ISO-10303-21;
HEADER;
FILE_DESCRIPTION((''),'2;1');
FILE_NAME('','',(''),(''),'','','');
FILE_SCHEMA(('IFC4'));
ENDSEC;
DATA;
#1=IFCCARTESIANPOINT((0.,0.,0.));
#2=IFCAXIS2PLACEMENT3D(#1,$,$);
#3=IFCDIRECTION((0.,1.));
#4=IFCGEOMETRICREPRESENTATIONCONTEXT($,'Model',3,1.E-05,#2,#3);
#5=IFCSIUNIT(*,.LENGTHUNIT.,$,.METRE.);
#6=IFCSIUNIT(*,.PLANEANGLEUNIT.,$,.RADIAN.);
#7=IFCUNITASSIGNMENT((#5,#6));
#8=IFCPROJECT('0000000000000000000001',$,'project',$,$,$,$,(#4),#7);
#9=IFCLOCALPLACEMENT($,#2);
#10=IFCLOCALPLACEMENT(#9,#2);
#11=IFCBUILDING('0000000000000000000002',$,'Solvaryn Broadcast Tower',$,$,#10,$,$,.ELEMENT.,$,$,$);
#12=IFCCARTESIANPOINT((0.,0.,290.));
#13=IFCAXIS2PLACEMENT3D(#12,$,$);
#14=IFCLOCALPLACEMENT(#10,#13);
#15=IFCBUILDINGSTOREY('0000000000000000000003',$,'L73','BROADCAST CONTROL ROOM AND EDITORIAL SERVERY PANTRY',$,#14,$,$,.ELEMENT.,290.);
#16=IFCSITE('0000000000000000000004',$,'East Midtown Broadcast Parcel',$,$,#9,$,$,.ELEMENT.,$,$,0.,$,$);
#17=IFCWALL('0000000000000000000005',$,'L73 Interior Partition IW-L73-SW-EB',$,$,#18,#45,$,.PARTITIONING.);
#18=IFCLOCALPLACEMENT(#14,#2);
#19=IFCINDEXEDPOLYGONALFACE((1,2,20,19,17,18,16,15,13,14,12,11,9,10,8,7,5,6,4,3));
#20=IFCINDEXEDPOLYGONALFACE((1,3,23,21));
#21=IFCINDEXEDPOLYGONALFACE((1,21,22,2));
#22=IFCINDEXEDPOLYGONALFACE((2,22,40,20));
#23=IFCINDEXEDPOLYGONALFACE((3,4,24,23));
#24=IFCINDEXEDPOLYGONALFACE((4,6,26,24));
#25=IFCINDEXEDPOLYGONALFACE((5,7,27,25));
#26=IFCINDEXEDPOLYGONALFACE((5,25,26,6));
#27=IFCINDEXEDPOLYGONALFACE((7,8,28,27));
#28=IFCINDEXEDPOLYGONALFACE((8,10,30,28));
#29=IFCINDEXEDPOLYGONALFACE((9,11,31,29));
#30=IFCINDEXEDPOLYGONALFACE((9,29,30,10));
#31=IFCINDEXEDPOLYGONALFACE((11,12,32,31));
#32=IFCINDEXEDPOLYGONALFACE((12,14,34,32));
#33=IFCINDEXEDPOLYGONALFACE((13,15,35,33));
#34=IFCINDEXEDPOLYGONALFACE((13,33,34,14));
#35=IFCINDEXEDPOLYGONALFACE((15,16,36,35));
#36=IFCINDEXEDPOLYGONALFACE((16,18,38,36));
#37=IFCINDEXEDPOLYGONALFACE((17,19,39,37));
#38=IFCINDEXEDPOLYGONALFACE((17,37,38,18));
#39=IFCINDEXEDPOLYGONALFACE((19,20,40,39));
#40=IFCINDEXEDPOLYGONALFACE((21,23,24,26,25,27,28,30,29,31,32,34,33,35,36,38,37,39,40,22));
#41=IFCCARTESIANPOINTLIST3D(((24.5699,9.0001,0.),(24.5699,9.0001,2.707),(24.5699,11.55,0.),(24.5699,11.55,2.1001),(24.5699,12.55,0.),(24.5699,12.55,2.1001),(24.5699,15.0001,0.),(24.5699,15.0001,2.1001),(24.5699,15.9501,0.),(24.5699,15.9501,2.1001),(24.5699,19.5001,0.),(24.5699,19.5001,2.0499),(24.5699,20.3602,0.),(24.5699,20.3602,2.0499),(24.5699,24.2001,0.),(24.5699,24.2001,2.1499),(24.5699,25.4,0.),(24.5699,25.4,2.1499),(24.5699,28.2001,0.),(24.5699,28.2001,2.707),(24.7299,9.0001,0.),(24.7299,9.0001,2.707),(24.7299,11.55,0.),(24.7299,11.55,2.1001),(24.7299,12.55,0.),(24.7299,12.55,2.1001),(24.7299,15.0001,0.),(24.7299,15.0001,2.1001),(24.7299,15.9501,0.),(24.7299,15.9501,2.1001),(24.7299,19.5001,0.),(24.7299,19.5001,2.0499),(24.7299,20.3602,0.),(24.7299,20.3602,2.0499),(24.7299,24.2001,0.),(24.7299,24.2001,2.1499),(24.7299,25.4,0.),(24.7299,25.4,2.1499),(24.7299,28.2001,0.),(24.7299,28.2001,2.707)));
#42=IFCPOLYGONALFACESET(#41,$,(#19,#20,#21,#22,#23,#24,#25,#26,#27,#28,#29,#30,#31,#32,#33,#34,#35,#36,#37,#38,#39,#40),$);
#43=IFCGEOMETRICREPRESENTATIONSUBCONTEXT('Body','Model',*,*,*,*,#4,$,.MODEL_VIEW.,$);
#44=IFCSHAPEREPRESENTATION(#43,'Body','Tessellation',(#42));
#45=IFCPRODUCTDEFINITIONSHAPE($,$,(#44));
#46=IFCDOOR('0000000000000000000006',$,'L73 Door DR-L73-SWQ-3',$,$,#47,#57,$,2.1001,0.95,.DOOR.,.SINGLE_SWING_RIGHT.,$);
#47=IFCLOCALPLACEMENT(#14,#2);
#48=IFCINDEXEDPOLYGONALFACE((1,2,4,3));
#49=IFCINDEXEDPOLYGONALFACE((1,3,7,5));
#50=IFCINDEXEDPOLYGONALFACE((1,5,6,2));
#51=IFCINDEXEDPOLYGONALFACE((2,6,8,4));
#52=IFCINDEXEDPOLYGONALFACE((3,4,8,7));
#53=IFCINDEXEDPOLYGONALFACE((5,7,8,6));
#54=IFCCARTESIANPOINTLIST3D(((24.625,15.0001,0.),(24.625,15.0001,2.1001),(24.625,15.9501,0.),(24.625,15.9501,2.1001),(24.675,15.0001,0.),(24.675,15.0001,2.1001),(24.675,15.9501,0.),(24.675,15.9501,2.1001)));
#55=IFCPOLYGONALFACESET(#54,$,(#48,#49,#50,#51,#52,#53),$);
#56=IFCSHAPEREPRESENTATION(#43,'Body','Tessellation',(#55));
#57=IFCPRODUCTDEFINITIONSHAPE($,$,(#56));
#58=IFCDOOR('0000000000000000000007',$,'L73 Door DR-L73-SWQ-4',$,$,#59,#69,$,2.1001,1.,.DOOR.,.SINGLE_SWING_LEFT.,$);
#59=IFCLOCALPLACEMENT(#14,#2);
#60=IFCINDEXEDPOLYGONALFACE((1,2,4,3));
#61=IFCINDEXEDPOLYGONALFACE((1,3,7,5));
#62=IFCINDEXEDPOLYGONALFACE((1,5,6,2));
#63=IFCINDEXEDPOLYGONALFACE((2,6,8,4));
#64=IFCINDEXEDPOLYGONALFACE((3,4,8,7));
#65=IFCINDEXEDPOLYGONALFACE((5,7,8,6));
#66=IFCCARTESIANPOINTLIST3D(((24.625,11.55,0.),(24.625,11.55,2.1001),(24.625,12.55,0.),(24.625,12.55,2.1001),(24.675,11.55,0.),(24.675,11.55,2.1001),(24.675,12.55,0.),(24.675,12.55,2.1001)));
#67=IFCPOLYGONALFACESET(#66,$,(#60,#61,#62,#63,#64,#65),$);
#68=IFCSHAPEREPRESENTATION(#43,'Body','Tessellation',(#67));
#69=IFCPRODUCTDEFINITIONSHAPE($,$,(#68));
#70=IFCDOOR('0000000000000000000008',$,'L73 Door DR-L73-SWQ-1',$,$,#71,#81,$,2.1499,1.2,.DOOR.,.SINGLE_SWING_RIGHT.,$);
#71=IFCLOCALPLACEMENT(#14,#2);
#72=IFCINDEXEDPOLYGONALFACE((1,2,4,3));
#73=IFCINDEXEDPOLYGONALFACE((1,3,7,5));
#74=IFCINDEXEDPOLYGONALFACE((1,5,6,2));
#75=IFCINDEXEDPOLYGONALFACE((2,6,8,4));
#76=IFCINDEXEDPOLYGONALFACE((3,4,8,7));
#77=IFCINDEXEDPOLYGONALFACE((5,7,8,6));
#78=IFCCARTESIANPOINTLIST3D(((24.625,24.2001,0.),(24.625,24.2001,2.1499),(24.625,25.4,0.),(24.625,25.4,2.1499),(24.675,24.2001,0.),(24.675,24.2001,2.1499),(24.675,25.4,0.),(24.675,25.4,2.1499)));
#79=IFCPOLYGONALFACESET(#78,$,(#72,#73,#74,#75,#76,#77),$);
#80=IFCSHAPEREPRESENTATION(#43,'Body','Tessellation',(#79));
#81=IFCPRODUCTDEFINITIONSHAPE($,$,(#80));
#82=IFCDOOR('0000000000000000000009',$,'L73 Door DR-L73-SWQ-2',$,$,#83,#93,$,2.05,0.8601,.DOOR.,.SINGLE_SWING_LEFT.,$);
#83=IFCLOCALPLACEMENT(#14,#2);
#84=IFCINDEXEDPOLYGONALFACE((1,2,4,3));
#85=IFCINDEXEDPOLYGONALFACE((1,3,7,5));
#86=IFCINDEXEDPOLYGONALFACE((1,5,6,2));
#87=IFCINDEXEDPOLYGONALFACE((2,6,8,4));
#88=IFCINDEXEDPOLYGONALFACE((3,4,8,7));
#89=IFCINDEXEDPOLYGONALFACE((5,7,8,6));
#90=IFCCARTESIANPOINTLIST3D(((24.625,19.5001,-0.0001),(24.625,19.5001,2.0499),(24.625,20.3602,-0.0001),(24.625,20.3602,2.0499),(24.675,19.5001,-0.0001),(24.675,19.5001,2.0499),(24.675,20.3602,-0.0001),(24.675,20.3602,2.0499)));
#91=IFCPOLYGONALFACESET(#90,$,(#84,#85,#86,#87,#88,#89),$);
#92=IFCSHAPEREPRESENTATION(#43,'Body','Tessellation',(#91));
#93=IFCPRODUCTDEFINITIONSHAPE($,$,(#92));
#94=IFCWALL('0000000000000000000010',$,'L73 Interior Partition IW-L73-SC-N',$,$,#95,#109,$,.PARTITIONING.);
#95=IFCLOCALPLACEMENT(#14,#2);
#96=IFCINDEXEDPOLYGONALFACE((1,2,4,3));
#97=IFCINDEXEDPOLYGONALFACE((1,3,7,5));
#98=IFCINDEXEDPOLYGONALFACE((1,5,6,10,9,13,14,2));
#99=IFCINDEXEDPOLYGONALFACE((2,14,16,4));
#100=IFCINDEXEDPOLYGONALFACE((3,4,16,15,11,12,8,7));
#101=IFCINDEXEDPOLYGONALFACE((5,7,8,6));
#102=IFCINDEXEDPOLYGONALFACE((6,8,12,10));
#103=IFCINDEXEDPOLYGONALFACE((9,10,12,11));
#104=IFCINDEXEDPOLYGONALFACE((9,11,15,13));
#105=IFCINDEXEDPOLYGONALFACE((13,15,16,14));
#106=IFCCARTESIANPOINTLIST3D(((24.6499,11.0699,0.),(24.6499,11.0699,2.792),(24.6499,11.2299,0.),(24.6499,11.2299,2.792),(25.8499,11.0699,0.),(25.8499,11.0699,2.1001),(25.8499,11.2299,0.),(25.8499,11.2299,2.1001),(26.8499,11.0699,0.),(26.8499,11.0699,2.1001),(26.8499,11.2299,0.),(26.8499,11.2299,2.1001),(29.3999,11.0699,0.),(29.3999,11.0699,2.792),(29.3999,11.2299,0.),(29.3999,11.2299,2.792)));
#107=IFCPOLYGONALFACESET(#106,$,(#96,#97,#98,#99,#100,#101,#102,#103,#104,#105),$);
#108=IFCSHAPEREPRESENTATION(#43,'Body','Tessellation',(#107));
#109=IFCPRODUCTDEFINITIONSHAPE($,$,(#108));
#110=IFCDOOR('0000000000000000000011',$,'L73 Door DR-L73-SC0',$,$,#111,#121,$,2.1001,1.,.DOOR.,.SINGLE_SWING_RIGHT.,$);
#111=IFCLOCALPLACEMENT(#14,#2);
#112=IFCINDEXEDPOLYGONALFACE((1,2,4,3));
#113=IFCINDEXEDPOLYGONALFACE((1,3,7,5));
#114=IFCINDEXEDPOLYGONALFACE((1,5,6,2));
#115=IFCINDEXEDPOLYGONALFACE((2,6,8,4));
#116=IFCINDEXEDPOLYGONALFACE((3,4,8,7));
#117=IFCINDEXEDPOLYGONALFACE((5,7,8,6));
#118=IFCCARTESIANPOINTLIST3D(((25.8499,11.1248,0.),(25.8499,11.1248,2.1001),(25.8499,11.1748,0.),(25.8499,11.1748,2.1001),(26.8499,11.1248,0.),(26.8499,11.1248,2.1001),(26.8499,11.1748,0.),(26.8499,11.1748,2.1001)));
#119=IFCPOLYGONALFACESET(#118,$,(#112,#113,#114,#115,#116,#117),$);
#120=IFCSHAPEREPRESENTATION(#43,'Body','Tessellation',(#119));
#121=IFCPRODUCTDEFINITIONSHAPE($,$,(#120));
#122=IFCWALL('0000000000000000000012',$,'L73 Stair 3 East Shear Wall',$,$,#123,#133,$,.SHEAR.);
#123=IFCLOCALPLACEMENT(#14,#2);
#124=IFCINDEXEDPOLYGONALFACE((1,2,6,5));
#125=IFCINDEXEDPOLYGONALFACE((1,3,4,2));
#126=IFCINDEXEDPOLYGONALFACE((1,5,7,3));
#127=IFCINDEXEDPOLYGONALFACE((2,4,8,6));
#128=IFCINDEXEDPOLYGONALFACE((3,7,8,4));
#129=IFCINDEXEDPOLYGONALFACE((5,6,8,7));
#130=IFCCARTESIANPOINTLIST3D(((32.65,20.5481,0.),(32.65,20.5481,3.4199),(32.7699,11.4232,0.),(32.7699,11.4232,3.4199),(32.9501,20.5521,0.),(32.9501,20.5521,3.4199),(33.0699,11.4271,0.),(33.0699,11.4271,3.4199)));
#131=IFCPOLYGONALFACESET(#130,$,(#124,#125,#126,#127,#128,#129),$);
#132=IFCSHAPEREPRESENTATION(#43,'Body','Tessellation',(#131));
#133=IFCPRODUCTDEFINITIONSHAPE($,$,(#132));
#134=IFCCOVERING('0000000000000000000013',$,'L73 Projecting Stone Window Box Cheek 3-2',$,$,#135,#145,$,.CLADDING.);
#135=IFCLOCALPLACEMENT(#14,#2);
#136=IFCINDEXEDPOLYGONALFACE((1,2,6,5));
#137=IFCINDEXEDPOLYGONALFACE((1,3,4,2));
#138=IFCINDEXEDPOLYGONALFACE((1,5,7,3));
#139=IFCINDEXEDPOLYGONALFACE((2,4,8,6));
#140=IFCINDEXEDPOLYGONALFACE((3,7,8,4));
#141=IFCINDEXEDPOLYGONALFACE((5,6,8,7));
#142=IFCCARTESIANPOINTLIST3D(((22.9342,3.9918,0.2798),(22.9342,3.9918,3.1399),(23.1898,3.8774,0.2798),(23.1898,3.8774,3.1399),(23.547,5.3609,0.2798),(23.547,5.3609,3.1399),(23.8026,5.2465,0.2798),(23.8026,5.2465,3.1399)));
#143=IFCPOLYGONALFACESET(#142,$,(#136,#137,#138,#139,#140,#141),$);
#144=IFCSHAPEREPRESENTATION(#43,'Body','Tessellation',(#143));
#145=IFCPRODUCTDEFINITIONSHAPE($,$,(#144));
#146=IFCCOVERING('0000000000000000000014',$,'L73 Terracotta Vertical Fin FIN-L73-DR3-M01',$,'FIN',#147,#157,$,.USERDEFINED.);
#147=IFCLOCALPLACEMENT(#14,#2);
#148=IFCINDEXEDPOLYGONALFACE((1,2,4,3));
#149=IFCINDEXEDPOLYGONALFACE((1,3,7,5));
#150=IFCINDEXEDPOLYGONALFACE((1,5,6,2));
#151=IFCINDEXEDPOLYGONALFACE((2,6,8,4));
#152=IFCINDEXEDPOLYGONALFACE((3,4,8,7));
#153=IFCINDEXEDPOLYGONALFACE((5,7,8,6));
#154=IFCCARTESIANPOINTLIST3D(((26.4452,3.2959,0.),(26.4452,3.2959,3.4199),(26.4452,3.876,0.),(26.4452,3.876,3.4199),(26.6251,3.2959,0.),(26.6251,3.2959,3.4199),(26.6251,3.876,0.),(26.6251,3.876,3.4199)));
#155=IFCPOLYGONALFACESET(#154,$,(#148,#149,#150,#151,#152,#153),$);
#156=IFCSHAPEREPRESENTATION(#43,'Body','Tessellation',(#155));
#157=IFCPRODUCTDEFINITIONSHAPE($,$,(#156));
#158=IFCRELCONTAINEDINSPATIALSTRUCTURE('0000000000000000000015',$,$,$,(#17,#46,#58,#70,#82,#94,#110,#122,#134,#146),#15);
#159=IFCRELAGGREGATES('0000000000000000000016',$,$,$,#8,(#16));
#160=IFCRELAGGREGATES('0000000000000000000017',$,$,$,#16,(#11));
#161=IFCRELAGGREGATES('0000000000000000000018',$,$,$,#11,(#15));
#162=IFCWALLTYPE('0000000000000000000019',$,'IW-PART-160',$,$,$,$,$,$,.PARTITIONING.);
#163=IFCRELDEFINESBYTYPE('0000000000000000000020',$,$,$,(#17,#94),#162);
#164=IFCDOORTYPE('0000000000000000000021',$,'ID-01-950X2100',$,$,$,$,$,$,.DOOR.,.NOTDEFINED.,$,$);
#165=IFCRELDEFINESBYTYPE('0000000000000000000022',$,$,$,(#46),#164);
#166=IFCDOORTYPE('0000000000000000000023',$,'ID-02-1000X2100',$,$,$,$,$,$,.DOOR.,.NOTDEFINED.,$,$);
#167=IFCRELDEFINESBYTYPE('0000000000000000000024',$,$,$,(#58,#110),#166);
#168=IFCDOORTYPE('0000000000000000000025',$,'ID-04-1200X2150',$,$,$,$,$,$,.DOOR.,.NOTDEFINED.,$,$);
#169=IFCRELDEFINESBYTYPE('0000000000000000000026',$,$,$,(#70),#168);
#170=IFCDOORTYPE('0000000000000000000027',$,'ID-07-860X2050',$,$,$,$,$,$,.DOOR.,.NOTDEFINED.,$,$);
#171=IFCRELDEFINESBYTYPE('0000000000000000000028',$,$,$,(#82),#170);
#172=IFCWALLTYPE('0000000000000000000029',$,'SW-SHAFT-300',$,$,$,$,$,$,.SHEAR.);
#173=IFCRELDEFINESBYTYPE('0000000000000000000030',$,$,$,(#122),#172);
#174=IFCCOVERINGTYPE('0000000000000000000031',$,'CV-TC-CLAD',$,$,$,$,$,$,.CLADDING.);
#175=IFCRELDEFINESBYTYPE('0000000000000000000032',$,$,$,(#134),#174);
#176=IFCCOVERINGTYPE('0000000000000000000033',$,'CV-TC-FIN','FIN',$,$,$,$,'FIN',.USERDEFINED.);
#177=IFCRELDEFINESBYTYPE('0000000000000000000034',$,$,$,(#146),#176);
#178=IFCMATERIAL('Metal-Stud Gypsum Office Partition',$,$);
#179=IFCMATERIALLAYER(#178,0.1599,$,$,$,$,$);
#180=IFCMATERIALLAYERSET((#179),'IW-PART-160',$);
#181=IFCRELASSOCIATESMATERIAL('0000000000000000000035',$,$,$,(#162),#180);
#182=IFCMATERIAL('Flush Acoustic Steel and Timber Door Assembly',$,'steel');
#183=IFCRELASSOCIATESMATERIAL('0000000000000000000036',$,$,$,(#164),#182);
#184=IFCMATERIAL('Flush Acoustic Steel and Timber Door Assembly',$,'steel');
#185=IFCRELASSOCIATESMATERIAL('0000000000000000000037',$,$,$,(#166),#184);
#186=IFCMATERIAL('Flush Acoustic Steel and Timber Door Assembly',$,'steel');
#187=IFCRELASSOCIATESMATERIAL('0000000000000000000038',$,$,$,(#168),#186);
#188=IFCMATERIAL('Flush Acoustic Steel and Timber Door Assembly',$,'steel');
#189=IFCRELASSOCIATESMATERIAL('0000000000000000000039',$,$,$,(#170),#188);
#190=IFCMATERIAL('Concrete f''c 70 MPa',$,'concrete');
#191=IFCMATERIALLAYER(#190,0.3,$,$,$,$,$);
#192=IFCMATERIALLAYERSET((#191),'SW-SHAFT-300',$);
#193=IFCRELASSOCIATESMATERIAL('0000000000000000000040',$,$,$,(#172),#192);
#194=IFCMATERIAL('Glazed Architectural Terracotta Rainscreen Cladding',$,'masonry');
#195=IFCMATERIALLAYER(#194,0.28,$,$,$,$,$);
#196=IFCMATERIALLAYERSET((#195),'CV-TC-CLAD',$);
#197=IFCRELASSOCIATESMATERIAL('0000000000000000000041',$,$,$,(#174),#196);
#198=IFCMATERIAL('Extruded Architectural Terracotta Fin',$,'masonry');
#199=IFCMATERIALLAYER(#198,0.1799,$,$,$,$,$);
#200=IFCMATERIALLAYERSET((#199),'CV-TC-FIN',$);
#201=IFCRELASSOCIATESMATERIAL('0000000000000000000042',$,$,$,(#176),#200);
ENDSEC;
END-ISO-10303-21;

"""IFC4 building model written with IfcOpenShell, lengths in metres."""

from ifc_helpers import new_model, si_unit, direction, frame, frame_2d, origin, origin_2d, place, context, subcontext, project, spatial, rectangle, extrude, material, layer, layer_set, type_object, element, fill, save


model = new_model("IFC4")

# Units and contexts
model_context = context("Model", 3, precision=1e-05, world=origin(), true_north=direction((0.0, 1.0)))
body_context = subcontext(model_context, "Body", "Model", "MODEL_VIEW")
ifc_project = project(units=[si_unit("LENGTHUNIT", "METRE"), si_unit("PLANEANGLEUNIT", "RADIAN")], contexts=[model_context])

# Site, building, storey
site_placement = place(None, origin())
site = spatial("IfcSite", under=ifc_project, at=site_placement, Name="East Midtown Broadcast Parcel", CompositionType="ELEMENT", RefElevation=0.0)
building_placement = place(site_placement, origin())
building = spatial("IfcBuilding", under=site, at=building_placement, Name="Solvaryn Broadcast Tower", CompositionType="ELEMENT")
storey_placement = place(building_placement, frame((0.0, 0.0, 290.0)))
storey = spatial("IfcBuildingStorey", under=building, at=storey_placement, Name="L73", Description="BROADCAST CONTROL ROOM AND EDITORIAL SERVERY PANTRY", CompositionType="ELEMENT", Elevation=290.0)

# Wall, openings, doors
ifc_material_1 = material(Name="Metal-Stud Gypsum Office Partition")
ifc_layer_1 = layer(ifc_material_1, 0.1599)
ifc_layer_set_1 = layer_set([ifc_layer_1], Name="IW-PART-160")
wall_type_1 = type_object("IfcWallType", Name="IW-PART-160", PredefinedType="PARTITIONING", material=ifc_layer_set_1)
wall_1_placement = place(storey_placement, frame((24.6499, 9.0, 0.0), z_axis=(0.0, 0.0, 1.0), x_axis=(0.0, 1.0, 0.0)))
wall_1 = element("IfcWall", 1, at=wall_1_placement, inside=storey, type_object=wall_type_1, Name="L73 Interior Partition IW-L73-SW-EB", PredefinedType="PARTITIONING", context=body_context, shape_type="SweptSolid", body=[
    extrude(rectangle(XDim=19.2, YDim=0.1599, at=frame_2d((9.6001, 0.0))), origin(), (0.0, 0.0, 1.0), 2.707),
])
opening_1_placement = place(wall_1_placement, frame((15.2, 0.0, 0.0)))
opening_1 = element("IfcOpeningElement", 2, at=opening_1_placement, cuts=wall_1, PredefinedType="OPENING", context=body_context, shape_type="SweptSolid", body=[
    extrude(rectangle(XDim=1.2, YDim=2.1499, at=frame_2d((0.6001, 1.075))), frame((0.0, 0.0901, 0.0), z_axis=(0.0, -1.0, 0.0), x_axis=(1.0, 0.0, 0.0)), (0.0, 0.0, 1.0), 0.1799),
])
opening_2_placement = place(wall_1_placement, frame((10.5, 0.0, 0.0)))
opening_2 = element("IfcOpeningElement", 3, at=opening_2_placement, cuts=wall_1, PredefinedType="OPENING", context=body_context, shape_type="SweptSolid", body=[
    extrude(rectangle(XDim=0.8601, YDim=2.05, at=frame_2d((0.4302, 1.0249))), frame((0.0, 0.0901, 0.0), z_axis=(0.0, -1.0, 0.0), x_axis=(1.0, 0.0, 0.0)), (0.0, 0.0, 1.0), 0.1799),
])
opening_3_placement = place(wall_1_placement, frame((6.0, 0.0, 0.0)))
opening_3 = element("IfcOpeningElement", 4, at=opening_3_placement, cuts=wall_1, PredefinedType="OPENING", context=body_context, shape_type="SweptSolid", body=[
    extrude(rectangle(XDim=0.95, YDim=2.1001, at=frame_2d((0.4751, 1.05))), frame((0.0, 0.0901, 0.0), z_axis=(0.0, -1.0, 0.0), x_axis=(1.0, 0.0, 0.0)), (0.0, 0.0, 1.0), 0.1799),
])
opening_4_placement = place(wall_1_placement, frame((2.55, 0.0, 0.0)))
opening_4 = element("IfcOpeningElement", 5, at=opening_4_placement, cuts=wall_1, PredefinedType="OPENING", context=body_context, shape_type="SweptSolid", body=[
    extrude(rectangle(XDim=1.0, YDim=2.1001, at=frame_2d((0.5, 1.05))), frame((0.0, 0.0901, 0.0), z_axis=(0.0, -1.0, 0.0), x_axis=(1.0, 0.0, 0.0)), (0.0, 0.0, 1.0), 0.1799),
])
ifc_material_2 = material(Name="Flush Acoustic Steel and Timber Door Assembly", Category="steel")
door_type_1 = type_object("IfcDoorType", Name="ID-01-950X2100", OperationType="NOTDEFINED", PredefinedType="DOOR", material=ifc_material_2)
door_1_placement = place(opening_3_placement, origin())
door_1 = element("IfcDoor", 6, at=door_1_placement, inside=storey, type_object=door_type_1, Name="L73 Door DR-L73-SWQ-3", OperationType="SINGLE_SWING_RIGHT", OverallHeight=2.1001, OverallWidth=0.95, PredefinedType="DOOR", context=body_context, shape_type="SweptSolid", body=[
    extrude(rectangle(XDim=0.95, YDim=2.1001, at=frame_2d((0.4751, 1.05))), frame((0.0, 0.0249, 0.0), z_axis=(0.0, -1.0, 0.0), x_axis=(1.0, 0.0, 0.0)), (0.0, 0.0, 1.0), 0.05),
])
fill(opening_3, door_1)
ifc_material_3 = material(Name="Flush Acoustic Steel and Timber Door Assembly", Category="steel")
door_type_2 = type_object("IfcDoorType", Name="ID-02-1000X2100", OperationType="NOTDEFINED", PredefinedType="DOOR", material=ifc_material_3)
door_2_placement = place(opening_4_placement, origin())
door_2 = element("IfcDoor", 7, at=door_2_placement, inside=storey, type_object=door_type_2, Name="L73 Door DR-L73-SWQ-4", OperationType="SINGLE_SWING_LEFT", OverallHeight=2.1001, OverallWidth=1.0, PredefinedType="DOOR", context=body_context, shape_type="SweptSolid", body=[
    extrude(rectangle(XDim=1.0, YDim=2.1001, at=frame_2d((0.5, 1.05))), frame((0.0, 0.0249, 0.0), z_axis=(0.0, -1.0, 0.0), x_axis=(1.0, 0.0, 0.0)), (0.0, 0.0, 1.0), 0.05),
])
fill(opening_4, door_2)
ifc_material_4 = material(Name="Flush Acoustic Steel and Timber Door Assembly", Category="steel")
door_type_3 = type_object("IfcDoorType", Name="ID-04-1200X2150", OperationType="NOTDEFINED", PredefinedType="DOOR", material=ifc_material_4)
door_3_placement = place(opening_1_placement, origin())
door_3 = element("IfcDoor", 8, at=door_3_placement, inside=storey, type_object=door_type_3, Name="L73 Door DR-L73-SWQ-1", OperationType="SINGLE_SWING_RIGHT", OverallHeight=2.1499, OverallWidth=1.2, PredefinedType="DOOR", context=body_context, shape_type="SweptSolid", body=[
    extrude(rectangle(XDim=1.2, YDim=2.1499, at=frame_2d((0.6001, 1.075))), frame((0.0, 0.0249, 0.0), z_axis=(0.0, -1.0, 0.0), x_axis=(1.0, 0.0, 0.0)), (0.0, 0.0, 1.0), 0.05),
])
fill(opening_1, door_3)
ifc_material_5 = material(Name="Flush Acoustic Steel and Timber Door Assembly", Category="steel")
door_type_4 = type_object("IfcDoorType", Name="ID-07-860X2050", OperationType="NOTDEFINED", PredefinedType="DOOR", material=ifc_material_5)
door_4_placement = place(opening_2_placement, origin())
door_4 = element("IfcDoor", 9, at=door_4_placement, inside=storey, type_object=door_type_4, Name="L73 Door DR-L73-SWQ-2", OperationType="SINGLE_SWING_LEFT", OverallHeight=2.05, OverallWidth=0.8601, PredefinedType="DOOR", context=body_context, shape_type="SweptSolid", body=[
    extrude(rectangle(XDim=0.8601, YDim=2.05, at=frame_2d((0.4302, 1.0249))), frame((0.0, 0.0249, 0.0), z_axis=(0.0, -1.0, 0.0), x_axis=(1.0, 0.0, 0.0)), (0.0, 0.0, 1.0), 0.05),
])
fill(opening_2, door_4)

# Wall, opening, door
wall_2_placement = place(storey_placement, frame((24.6499, 11.1499, 0.0), z_axis=(0.0, 0.0, 1.0), x_axis=(1.0, 0.0, 0.0)))
wall_2 = element("IfcWall", 10, at=wall_2_placement, inside=storey, type_object=wall_type_1, Name="L73 Interior Partition IW-L73-SC-N", PredefinedType="PARTITIONING", context=body_context, shape_type="SweptSolid", body=[
    extrude(rectangle(XDim=4.75, YDim=0.1599, at=frame_2d((2.375, 0.0))), origin(), (0.0, 0.0, 1.0), 2.792),
])
opening_5_placement = place(wall_2_placement, frame((1.2, 0.0, 0.0)))
opening_5 = element("IfcOpeningElement", 11, at=opening_5_placement, cuts=wall_2, PredefinedType="OPENING", context=body_context, shape_type="SweptSolid", body=[
    extrude(rectangle(XDim=1.0, YDim=2.1001, at=frame_2d((0.5, 1.05))), frame((0.0, 0.0901, 0.0), z_axis=(0.0, -1.0, 0.0), x_axis=(1.0, 0.0, 0.0)), (0.0, 0.0, 1.0), 0.1799),
])
door_5_placement = place(opening_5_placement, origin())
door_5 = element("IfcDoor", 12, at=door_5_placement, inside=storey, type_object=door_type_2, Name="L73 Door DR-L73-SC0", OperationType="SINGLE_SWING_RIGHT", OverallHeight=2.1001, OverallWidth=1.0, PredefinedType="DOOR", context=body_context, shape_type="SweptSolid", body=[
    extrude(rectangle(XDim=1.0, YDim=2.1001, at=frame_2d((0.5, 1.05))), frame((0.0, 0.0249, 0.0), z_axis=(0.0, -1.0, 0.0), x_axis=(1.0, 0.0, 0.0)), (0.0, 0.0, 1.0), 0.05),
])
fill(opening_5, door_5)

# Wall
ifc_material_6 = material(Name="Concrete f'c 70 MPa", Category="concrete")
ifc_layer_2 = layer(ifc_material_6, 0.3)
ifc_layer_set_2 = layer_set([ifc_layer_2], Name="SW-SHAFT-300")
wall_type_2 = type_object("IfcWallType", Name="SW-SHAFT-300", PredefinedType="SHEAR", material=ifc_layer_set_2)
wall_3_placement = place(storey_placement, frame((32.9199, 11.425, 0.0), z_axis=(0.0, 0.0, 1.0), x_axis=(-0.013136, 0.999914, 0.0)))
element("IfcWall", 13, at=wall_3_placement, inside=storey, type_object=wall_type_2, Name="L73 Stair 3 East Shear Wall", PredefinedType="SHEAR", context=body_context, shape_type="SweptSolid", body=[
    extrude(rectangle(XDim=9.1257, YDim=0.3, at=frame_2d((4.563, 0.0))), origin(), (0.0, 0.0, 1.0), 3.4199),
])

# Coverings
ifc_material_7 = material(Name="Glazed Architectural Terracotta Rainscreen Cladding", Category="masonry")
ifc_layer_3 = layer(ifc_material_7, 0.28)
ifc_layer_set_3 = layer_set([ifc_layer_3], Name="CV-TC-CLAD")
covering_type_1 = type_object("IfcCoveringType", Name="CV-TC-CLAD", PredefinedType="CLADDING", material=ifc_layer_set_3)
covering_placement = place(storey_placement, frame((23.3684, 4.6191, 0.2798), z_axis=(0.0, 0.0, 1.0), x_axis=(0.912763, -0.40849, 0.0)))
element("IfcCovering", 14, at=covering_placement, inside=storey, type_object=covering_type_1, Name="L73 Projecting Stone Window Box Cheek 3-2", PredefinedType="CLADDING", context=body_context, shape_type="SweptSolid", body=[
    extrude(rectangle(XDim=0.28, YDim=1.5, at=origin_2d()), origin(), (0.0, 0.0, 1.0), 2.8601),
])
ifc_material_8 = material(Name="Extruded Architectural Terracotta Fin", Category="masonry")
ifc_layer_4 = layer(ifc_material_8, 0.1799)
ifc_layer_set_4 = layer_set([ifc_layer_4], Name="CV-TC-FIN")
covering_type_2 = type_object("IfcCoveringType", Name="CV-TC-FIN", Description="FIN", ElementType="FIN", PredefinedType="USERDEFINED", material=ifc_layer_set_4)
for number, where, z_axis, x_axis, name in (
    (15, (26.5352, 3.5859, 0.0), (0.0, 0.0, 1.0), (1.0, 0.0, 0.0), "L73 Terracotta Vertical Fin FIN-L73-DR3-M01"),
):
    element("IfcCovering", number, at=place(storey_placement, frame(where, z_axis=z_axis, x_axis=x_axis)), inside=storey, type_object=covering_type_2, Name=name, ObjectType="FIN", PredefinedType="USERDEFINED", context=body_context, shape_type="SweptSolid", body=[
        extrude(rectangle(XDim=0.1799, YDim=0.5801, at=origin_2d()), origin(), (0.0, 0.0, 1.0), 3.4199),
    ])

save(model, "model.ifc")
